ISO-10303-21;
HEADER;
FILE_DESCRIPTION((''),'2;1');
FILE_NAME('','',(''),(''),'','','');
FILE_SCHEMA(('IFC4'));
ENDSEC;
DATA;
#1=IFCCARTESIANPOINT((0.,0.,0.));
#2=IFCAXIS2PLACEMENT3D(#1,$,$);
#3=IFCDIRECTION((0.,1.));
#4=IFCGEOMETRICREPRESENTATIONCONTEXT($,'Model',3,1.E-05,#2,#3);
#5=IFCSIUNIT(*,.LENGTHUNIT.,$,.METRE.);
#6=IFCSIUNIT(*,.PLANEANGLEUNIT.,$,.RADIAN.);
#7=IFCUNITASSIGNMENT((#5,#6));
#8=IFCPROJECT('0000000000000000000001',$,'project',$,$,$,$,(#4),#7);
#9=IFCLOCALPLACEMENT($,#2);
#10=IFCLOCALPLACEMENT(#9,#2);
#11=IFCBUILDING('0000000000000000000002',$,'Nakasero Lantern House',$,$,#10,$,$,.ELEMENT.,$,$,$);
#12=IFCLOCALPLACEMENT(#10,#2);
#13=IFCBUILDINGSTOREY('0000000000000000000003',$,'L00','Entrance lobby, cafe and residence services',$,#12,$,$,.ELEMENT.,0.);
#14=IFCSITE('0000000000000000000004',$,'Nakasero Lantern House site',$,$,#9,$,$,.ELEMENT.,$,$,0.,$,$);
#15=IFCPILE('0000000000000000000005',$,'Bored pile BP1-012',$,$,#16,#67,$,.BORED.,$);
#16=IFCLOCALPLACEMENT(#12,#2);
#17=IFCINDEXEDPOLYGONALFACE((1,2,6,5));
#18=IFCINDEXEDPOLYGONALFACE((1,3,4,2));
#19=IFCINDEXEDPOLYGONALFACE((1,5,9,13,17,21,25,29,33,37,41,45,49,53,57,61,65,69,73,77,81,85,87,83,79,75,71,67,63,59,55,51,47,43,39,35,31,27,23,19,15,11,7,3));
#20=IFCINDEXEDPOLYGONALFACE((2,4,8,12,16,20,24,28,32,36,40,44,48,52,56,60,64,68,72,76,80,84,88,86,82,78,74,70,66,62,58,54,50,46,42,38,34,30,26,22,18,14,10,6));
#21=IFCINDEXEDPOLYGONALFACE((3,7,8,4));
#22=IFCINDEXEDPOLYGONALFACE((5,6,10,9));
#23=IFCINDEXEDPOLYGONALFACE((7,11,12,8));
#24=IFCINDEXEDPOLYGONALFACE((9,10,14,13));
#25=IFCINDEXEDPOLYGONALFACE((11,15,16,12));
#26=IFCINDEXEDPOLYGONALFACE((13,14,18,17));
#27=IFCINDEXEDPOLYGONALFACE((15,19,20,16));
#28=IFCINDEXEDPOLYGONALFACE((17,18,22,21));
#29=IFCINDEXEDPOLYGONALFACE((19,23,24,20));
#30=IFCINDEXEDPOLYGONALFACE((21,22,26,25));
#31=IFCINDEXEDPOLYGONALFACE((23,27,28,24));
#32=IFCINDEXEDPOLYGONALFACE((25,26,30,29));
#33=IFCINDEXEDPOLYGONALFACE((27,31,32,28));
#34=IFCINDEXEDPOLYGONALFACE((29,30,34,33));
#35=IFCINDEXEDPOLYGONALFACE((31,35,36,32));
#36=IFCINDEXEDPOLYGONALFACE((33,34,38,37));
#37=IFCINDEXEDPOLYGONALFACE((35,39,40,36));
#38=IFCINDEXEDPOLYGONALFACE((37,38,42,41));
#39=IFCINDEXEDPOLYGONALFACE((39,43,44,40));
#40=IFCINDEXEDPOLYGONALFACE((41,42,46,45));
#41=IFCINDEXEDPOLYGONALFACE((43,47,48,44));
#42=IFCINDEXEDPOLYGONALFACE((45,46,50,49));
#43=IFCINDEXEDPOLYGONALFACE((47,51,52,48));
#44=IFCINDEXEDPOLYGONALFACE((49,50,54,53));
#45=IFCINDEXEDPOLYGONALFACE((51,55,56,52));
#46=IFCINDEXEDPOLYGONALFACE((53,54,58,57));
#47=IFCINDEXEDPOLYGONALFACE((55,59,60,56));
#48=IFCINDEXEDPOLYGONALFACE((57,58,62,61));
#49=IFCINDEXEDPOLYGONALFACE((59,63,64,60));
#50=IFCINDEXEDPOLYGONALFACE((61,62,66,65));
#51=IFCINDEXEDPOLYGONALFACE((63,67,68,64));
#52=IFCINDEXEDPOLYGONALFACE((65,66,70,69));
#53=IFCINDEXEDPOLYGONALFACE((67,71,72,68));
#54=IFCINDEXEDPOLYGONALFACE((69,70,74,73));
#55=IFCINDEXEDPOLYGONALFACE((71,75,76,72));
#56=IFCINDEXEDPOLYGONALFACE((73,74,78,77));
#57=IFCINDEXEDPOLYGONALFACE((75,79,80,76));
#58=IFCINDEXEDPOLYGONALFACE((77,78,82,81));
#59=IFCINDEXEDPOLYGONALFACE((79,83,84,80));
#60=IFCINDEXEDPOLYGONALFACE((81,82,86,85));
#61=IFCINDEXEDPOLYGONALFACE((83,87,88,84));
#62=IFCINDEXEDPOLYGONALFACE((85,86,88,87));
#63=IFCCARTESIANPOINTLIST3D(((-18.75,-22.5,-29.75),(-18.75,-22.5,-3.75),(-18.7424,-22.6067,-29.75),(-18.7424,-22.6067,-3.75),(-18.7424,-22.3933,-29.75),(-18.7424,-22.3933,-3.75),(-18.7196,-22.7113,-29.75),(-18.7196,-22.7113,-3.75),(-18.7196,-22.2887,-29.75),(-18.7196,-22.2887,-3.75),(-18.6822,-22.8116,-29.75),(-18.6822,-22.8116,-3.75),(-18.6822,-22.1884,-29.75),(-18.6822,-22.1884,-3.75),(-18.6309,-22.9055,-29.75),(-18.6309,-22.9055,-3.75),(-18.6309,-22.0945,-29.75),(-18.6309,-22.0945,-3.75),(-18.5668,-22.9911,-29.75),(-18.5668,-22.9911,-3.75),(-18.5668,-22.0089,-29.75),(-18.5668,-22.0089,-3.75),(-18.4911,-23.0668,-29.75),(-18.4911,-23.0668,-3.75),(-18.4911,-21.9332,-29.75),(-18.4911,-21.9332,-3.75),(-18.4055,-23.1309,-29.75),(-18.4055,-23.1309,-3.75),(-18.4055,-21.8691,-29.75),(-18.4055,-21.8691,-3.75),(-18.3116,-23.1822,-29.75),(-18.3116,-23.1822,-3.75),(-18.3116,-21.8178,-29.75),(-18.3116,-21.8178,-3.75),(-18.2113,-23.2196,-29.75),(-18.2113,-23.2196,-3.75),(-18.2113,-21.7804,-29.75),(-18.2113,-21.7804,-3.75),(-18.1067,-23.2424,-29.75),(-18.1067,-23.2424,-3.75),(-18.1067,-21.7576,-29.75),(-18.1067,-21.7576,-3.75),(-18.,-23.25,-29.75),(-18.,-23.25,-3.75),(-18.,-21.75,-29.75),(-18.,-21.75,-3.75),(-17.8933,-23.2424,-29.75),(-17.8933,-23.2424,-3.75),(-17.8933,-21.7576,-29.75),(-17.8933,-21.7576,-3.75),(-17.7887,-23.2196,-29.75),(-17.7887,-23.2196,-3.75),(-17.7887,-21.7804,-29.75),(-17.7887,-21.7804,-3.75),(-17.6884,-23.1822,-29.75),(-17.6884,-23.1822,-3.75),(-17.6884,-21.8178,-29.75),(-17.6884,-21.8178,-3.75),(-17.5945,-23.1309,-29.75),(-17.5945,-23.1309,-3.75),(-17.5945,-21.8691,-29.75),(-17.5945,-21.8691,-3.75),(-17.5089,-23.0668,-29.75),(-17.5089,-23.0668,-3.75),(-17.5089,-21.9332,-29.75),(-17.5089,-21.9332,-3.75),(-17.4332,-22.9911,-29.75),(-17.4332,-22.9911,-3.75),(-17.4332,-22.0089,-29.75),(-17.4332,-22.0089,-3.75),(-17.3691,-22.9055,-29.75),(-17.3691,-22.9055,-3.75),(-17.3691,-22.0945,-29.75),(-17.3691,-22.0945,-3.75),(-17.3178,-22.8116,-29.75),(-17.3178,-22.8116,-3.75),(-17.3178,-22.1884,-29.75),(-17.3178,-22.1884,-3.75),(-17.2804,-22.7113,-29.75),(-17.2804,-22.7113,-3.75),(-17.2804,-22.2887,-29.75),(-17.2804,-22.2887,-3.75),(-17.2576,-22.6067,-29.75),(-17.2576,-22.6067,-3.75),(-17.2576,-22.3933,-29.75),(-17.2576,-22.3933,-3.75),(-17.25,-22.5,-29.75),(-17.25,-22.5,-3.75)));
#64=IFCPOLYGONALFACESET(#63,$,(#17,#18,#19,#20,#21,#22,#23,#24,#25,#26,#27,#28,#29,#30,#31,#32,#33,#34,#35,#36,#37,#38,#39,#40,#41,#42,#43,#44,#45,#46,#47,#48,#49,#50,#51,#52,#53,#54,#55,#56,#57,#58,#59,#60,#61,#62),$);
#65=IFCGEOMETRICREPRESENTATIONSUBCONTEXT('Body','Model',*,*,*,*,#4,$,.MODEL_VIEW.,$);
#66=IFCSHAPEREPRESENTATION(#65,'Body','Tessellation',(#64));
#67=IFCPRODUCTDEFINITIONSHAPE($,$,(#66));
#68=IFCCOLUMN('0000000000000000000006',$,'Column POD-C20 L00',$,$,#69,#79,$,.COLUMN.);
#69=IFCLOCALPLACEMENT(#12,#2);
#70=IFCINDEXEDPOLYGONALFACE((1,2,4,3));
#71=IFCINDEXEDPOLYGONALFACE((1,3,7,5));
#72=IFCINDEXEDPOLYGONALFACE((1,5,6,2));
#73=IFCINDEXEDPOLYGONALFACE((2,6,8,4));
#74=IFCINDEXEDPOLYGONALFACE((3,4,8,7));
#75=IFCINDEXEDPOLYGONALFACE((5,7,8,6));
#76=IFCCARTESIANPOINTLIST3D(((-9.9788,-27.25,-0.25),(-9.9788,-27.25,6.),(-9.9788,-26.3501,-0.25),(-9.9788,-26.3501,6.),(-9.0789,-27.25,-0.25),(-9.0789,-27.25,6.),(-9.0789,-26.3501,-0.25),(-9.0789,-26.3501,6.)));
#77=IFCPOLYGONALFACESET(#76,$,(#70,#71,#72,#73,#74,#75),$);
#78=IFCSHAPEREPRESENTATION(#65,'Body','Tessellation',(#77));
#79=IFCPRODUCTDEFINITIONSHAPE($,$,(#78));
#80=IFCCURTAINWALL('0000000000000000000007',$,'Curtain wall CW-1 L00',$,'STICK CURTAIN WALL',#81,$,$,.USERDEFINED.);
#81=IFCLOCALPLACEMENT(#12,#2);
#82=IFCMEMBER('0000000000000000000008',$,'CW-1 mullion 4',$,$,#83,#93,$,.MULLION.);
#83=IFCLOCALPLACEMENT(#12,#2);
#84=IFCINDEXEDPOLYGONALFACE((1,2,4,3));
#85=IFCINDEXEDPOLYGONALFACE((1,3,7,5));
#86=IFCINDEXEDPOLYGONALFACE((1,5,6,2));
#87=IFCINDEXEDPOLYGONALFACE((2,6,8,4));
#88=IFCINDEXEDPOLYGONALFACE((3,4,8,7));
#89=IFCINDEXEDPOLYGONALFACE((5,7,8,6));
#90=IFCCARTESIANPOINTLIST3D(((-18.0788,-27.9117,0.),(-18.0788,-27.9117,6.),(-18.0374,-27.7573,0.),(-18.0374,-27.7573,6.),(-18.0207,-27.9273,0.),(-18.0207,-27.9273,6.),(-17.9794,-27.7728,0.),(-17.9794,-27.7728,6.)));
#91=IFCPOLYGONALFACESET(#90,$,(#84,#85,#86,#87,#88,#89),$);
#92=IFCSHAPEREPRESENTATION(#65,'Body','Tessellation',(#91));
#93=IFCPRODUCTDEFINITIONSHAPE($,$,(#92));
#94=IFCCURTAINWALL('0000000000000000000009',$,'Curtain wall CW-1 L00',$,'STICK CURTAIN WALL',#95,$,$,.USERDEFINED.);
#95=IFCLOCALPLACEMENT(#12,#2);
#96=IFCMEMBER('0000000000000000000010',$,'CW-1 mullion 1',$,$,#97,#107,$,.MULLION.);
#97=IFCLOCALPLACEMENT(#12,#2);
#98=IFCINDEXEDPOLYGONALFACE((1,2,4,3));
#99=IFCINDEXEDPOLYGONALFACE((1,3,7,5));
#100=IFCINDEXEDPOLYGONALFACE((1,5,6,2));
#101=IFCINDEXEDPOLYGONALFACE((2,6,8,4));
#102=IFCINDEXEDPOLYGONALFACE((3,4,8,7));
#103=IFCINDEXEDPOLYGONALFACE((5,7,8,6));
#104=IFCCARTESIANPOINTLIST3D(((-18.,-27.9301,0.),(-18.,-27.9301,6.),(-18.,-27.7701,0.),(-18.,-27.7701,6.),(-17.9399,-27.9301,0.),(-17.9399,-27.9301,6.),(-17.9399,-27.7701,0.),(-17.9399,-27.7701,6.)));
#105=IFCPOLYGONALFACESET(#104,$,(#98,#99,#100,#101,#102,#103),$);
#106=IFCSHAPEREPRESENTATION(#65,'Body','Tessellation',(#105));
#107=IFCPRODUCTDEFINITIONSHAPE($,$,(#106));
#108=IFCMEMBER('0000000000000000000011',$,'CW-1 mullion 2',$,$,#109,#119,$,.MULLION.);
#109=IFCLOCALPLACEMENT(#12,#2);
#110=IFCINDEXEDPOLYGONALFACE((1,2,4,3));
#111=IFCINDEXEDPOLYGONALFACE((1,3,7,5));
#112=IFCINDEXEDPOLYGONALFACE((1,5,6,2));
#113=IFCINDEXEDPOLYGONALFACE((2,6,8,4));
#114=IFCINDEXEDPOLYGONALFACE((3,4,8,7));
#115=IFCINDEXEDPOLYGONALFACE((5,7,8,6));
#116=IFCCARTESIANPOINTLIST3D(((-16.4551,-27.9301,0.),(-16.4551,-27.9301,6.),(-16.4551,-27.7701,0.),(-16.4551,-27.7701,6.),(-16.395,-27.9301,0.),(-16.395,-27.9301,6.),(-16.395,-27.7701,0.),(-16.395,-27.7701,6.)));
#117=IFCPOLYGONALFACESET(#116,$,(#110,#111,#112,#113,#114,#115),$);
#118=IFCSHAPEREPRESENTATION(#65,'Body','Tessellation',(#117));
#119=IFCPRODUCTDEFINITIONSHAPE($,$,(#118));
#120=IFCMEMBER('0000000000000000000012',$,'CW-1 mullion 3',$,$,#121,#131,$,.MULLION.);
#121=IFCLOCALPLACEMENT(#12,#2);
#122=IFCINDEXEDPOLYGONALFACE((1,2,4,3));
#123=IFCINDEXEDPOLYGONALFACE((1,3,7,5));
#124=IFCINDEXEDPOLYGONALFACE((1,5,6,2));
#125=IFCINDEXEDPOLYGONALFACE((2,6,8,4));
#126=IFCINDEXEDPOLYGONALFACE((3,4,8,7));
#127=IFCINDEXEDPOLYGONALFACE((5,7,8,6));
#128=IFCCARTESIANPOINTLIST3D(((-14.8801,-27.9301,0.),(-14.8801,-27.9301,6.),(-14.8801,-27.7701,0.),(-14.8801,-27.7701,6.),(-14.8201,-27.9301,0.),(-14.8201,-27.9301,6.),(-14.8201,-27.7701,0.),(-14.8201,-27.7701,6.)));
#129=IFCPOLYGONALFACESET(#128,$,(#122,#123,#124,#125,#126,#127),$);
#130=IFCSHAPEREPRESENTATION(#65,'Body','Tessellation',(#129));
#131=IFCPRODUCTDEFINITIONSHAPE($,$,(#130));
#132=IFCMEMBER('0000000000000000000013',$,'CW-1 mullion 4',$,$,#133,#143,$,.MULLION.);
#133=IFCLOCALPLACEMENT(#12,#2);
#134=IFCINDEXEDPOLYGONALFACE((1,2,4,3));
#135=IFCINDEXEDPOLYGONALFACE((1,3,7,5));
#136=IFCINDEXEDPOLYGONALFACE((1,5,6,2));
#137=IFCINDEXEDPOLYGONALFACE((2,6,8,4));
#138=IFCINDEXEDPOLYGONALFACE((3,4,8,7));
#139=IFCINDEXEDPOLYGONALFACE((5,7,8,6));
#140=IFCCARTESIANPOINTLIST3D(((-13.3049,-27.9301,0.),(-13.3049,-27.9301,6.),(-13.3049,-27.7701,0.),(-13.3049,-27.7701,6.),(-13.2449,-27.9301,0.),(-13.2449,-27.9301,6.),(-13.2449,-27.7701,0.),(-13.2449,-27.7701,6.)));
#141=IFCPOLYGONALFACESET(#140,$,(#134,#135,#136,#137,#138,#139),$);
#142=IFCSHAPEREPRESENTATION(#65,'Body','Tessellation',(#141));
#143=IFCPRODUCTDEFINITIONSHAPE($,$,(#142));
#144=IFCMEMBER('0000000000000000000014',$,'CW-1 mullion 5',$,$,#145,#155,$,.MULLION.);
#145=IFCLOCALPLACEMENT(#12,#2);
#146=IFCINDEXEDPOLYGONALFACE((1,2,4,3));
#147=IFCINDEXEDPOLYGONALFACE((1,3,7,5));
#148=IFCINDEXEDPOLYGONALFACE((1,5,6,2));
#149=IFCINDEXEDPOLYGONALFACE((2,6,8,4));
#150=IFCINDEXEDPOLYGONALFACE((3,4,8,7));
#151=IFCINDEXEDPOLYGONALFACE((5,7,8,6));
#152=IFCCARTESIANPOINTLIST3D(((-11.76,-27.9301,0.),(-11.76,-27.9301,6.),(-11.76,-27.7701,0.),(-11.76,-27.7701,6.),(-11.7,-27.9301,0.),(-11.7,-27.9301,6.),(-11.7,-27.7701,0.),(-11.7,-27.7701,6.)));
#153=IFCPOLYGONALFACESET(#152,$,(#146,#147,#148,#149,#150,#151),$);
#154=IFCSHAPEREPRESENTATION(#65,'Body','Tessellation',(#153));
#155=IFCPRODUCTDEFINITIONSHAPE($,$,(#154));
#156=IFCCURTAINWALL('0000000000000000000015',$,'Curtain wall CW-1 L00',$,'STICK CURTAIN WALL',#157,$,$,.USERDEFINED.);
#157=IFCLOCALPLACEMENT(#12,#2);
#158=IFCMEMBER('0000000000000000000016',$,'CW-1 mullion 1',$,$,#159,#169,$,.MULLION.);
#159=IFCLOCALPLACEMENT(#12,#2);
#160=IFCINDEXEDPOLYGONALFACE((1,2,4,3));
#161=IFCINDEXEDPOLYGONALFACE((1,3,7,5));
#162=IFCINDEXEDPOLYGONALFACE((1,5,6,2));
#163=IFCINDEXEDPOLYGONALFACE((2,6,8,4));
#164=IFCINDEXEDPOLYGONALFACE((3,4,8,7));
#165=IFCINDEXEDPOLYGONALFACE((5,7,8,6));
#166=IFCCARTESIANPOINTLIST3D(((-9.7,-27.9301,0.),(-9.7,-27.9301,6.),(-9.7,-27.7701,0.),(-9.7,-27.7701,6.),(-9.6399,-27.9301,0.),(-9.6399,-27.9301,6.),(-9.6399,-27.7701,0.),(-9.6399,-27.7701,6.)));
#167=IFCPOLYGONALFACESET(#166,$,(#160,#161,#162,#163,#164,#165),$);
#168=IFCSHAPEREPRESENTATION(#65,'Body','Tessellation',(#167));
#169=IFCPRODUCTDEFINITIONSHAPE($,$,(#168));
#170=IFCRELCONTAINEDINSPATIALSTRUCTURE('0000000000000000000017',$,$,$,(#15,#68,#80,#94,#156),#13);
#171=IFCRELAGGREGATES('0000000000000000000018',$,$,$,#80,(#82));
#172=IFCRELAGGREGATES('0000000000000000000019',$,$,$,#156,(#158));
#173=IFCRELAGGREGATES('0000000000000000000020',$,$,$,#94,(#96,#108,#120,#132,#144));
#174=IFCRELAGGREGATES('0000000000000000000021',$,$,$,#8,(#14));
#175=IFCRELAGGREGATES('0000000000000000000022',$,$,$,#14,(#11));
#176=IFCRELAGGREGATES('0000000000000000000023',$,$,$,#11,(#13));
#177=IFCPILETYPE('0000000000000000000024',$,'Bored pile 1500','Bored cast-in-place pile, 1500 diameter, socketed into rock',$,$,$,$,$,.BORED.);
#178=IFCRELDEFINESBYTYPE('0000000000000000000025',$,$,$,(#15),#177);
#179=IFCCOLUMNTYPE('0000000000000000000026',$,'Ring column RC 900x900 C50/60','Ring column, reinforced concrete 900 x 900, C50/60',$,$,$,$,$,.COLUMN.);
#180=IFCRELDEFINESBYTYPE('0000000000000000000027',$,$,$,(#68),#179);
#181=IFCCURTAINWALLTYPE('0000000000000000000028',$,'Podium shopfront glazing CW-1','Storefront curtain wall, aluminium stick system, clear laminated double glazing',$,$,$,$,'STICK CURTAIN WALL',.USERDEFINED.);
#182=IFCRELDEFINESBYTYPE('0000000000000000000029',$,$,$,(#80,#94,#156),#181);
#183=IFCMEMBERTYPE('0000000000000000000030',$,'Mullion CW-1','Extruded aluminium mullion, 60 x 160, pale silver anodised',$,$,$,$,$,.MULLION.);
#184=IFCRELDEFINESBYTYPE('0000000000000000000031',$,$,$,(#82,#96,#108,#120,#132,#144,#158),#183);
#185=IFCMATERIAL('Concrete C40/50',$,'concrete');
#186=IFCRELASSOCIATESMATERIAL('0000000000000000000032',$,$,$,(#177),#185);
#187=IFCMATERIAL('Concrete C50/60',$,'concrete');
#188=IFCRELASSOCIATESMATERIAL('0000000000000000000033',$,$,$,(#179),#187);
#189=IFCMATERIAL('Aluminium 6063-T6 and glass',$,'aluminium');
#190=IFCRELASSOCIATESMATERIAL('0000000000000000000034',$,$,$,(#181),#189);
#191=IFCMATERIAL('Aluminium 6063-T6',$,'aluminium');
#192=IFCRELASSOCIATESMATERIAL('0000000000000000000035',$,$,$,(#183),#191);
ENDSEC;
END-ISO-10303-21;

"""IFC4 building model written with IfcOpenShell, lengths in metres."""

from ifc_helpers import new_model, si_unit, direction, frame, origin, origin_2d, place, context, subcontext, project, spatial, rectangle, circle, extrude, material, material_profile, profile_set, type_object, element, aggregate, save


model = new_model("IFC4")

# Units and contexts
model_context = context("Model", 3, precision=1e-05, world=origin(), true_north=direction((0.0, 1.0)))
body_context = subcontext(model_context, "Body", "Model", "MODEL_VIEW")
ifc_project = project(units=[si_unit("LENGTHUNIT", "METRE"), si_unit("PLANEANGLEUNIT", "RADIAN")], contexts=[model_context])

# Site, building, storey
site_placement = place(None, origin())
site = spatial("IfcSite", under=ifc_project, at=site_placement, Name="Nakasero Lantern House site", CompositionType="ELEMENT", RefElevation=0.0)
building_placement = place(site_placement, origin())
building = spatial("IfcBuilding", under=site, at=building_placement, Name="Nakasero Lantern House", CompositionType="ELEMENT")
storey_placement = place(building_placement, origin())
storey = spatial("IfcBuildingStorey", under=building, at=storey_placement, Name="L00", Description="Entrance lobby, cafe and residence services", CompositionType="ELEMENT", Elevation=0.0)

# Pile
ifc_material_1 = material(Name="Concrete C40/50", Category="concrete")
pile_type = type_object("IfcPileType", Name="Bored pile 1500", Description="Bored cast-in-place pile, 1500 diameter, socketed into rock", PredefinedType="BORED", material=ifc_material_1)
pile_placement = place(storey_placement, frame((-18.0, -22.5, -3.75), z_axis=(0.0, 0.0, -1.0), x_axis=(1.0, 0.0, 0.0)))
element("IfcPile", 1, at=pile_placement, inside=storey, type_object=pile_type, Name="Bored pile BP1-012", PredefinedType="BORED", context=body_context, shape_type="SweptSolid", body=[
    extrude(circle(Radius=0.75, at=origin_2d()), origin(), (0.0, 0.0, 1.0), 26.0),
])

# Column
ifc_material_2 = material(Name="Concrete C50/60", Category="concrete")
ifc_material_profile_1 = material_profile(ifc_material_2, rectangle(XDim=0.8999, YDim=0.8999, at=origin_2d()), Name="RC 900x900")
ifc_profile_set_1 = profile_set([ifc_material_profile_1], Name="Concrete C50/60")
column_type = type_object("IfcColumnType", Name="Ring column RC 900x900 C50/60", Description="Ring column, reinforced concrete 900 x 900, C50/60", PredefinedType="COLUMN", material=ifc_profile_set_1)
column_placement = place(storey_placement, frame((-9.5288, -26.8, -0.25), z_axis=(0.0, 0.0, 1.0), x_axis=(1.0, 0.0, 0.0)))
element("IfcColumn", 2, at=column_placement, inside=storey, type_object=column_type, Name="Column POD-C20 L00", PredefinedType="COLUMN", context=body_context, shape_type="SweptSolid", body=[
    extrude(rectangle(XDim=0.8999, YDim=0.8999, at=origin_2d()), origin(), (0.0, 0.0, 1.0), 6.25),
])

# Curtain wall, member
ifc_material_3 = material(Name="Aluminium 6063-T6 and glass", Category="aluminium")
curtain_wall_type = type_object("IfcCurtainWallType", Name="Podium shopfront glazing CW-1", Description="Storefront curtain wall, aluminium stick system, clear laminated double glazing", ElementType="STICK CURTAIN WALL", PredefinedType="USERDEFINED", material=ifc_material_3)
curtain_wall_1_placement = place(storey_placement, origin())
curtain_wall_1 = element("IfcCurtainWall", 3, at=curtain_wall_1_placement, inside=storey, type_object=curtain_wall_type, Name="Curtain wall CW-1 L00", ObjectType="STICK CURTAIN WALL", PredefinedType="USERDEFINED")
ifc_material_4 = material(Name="Aluminium 6063-T6", Category="aluminium")
ifc_material_profile_2 = material_profile(ifc_material_4, rectangle(XDim=0.0601, YDim=0.1599, at=origin_2d()), Name="CW-1 mullion 60x160")
ifc_profile_set_2 = profile_set([ifc_material_profile_2], Name="Aluminium 6063-T6")
member_type_1 = type_object("IfcMemberType", Name="Mullion CW-1", Description="Extruded aluminium mullion, 60 x 160, pale silver anodised", PredefinedType="MULLION", material=ifc_profile_set_2)
member_1_placement = place(storey_placement, frame((-18.0291, -27.8423, 0.0), z_axis=(0.0, 0.0, 1.0), x_axis=(0.965926, -0.258819, 0.0)))
member_1 = element("IfcMember", 4, at=member_1_placement, type_object=member_type_1, Name="CW-1 mullion 4", PredefinedType="MULLION", context=body_context, shape_type="SweptSolid", body=[
    extrude(rectangle(XDim=0.0601, YDim=0.1599, at=origin_2d()), origin(), (0.0, 0.0, 1.0), 6.0),
])
aggregate(curtain_wall_1, [member_1])

# Curtain wall, members
curtain_wall_2_placement = place(storey_placement, origin())
curtain_wall_2 = element("IfcCurtainWall", 5, at=curtain_wall_2_placement, inside=storey, type_object=curtain_wall_type, Name="Curtain wall CW-1 L00", ObjectType="STICK CURTAIN WALL", PredefinedType="USERDEFINED")
member_2_placement = place(storey_placement, frame((-17.97, -27.8501, 0.0), z_axis=(0.0, 0.0, 1.0), x_axis=(1.0, 0.0, 0.0)))
member_2 = element("IfcMember", 6, at=member_2_placement, type_object=member_type_1, Name="CW-1 mullion 1", PredefinedType="MULLION", context=body_context, shape_type="SweptSolid", body=[
    extrude(rectangle(XDim=0.0601, YDim=0.1599, at=origin_2d()), origin(), (0.0, 0.0, 1.0), 6.0),
])
member_3_placement = place(storey_placement, frame((-16.425, -27.8501, 0.0), z_axis=(0.0, 0.0, 1.0), x_axis=(1.0, 0.0, 0.0)))
member_3 = element("IfcMember", 7, at=member_3_placement, type_object=member_type_1, Name="CW-1 mullion 2", PredefinedType="MULLION", context=body_context, shape_type="SweptSolid", body=[
    extrude(rectangle(XDim=0.0601, YDim=0.1599, at=origin_2d()), origin(), (0.0, 0.0, 1.0), 6.0),
])
member_4_placement = place(storey_placement, frame((-14.8501, -27.8501, 0.0), z_axis=(0.0, 0.0, 1.0), x_axis=(1.0, 0.0, 0.0)))
member_4 = element("IfcMember", 8, at=member_4_placement, type_object=member_type_1, Name="CW-1 mullion 3", PredefinedType="MULLION", context=body_context, shape_type="SweptSolid", body=[
    extrude(rectangle(XDim=0.0601, YDim=0.1599, at=origin_2d()), origin(), (0.0, 0.0, 1.0), 6.0),
])
member_5_placement = place(storey_placement, frame((-13.2749, -27.8501, 0.0), z_axis=(0.0, 0.0, 1.0), x_axis=(1.0, 0.0, 0.0)))
member_5 = element("IfcMember", 9, at=member_5_placement, type_object=member_type_1, Name="CW-1 mullion 4", PredefinedType="MULLION", context=body_context, shape_type="SweptSolid", body=[
    extrude(rectangle(XDim=0.0601, YDim=0.1599, at=origin_2d()), origin(), (0.0, 0.0, 1.0), 6.0),
])
member_6_placement = place(storey_placement, frame((-11.73, -27.8501, 0.0), z_axis=(0.0, 0.0, 1.0), x_axis=(1.0, 0.0, 0.0)))
member_6 = element("IfcMember", 10, at=member_6_placement, type_object=member_type_1, Name="CW-1 mullion 5", PredefinedType="MULLION", context=body_context, shape_type="SweptSolid", body=[
    extrude(rectangle(XDim=0.0601, YDim=0.1599, at=origin_2d()), origin(), (0.0, 0.0, 1.0), 6.0),
])

# Curtain wall, member
curtain_wall_3_placement = place(storey_placement, origin())
curtain_wall_3 = element("IfcCurtainWall", 11, at=curtain_wall_3_placement, inside=storey, type_object=curtain_wall_type, Name="Curtain wall CW-1 L00", ObjectType="STICK CURTAIN WALL", PredefinedType="USERDEFINED")
member_7_placement = place(storey_placement, frame((-9.6699, -27.8501, 0.0), z_axis=(0.0, 0.0, 1.0), x_axis=(1.0, 0.0, 0.0)))
member_7 = element("IfcMember", 12, at=member_7_placement, type_object=member_type_1, Name="CW-1 mullion 1", PredefinedType="MULLION", context=body_context, shape_type="SweptSolid", body=[
    extrude(rectangle(XDim=0.0601, YDim=0.1599, at=origin_2d()), origin(), (0.0, 0.0, 1.0), 6.0),
])

aggregate(curtain_wall_3, [member_7])

aggregate(curtain_wall_2, [member_2, member_3, member_4, member_5, member_6])

save(model, "model.ifc")
